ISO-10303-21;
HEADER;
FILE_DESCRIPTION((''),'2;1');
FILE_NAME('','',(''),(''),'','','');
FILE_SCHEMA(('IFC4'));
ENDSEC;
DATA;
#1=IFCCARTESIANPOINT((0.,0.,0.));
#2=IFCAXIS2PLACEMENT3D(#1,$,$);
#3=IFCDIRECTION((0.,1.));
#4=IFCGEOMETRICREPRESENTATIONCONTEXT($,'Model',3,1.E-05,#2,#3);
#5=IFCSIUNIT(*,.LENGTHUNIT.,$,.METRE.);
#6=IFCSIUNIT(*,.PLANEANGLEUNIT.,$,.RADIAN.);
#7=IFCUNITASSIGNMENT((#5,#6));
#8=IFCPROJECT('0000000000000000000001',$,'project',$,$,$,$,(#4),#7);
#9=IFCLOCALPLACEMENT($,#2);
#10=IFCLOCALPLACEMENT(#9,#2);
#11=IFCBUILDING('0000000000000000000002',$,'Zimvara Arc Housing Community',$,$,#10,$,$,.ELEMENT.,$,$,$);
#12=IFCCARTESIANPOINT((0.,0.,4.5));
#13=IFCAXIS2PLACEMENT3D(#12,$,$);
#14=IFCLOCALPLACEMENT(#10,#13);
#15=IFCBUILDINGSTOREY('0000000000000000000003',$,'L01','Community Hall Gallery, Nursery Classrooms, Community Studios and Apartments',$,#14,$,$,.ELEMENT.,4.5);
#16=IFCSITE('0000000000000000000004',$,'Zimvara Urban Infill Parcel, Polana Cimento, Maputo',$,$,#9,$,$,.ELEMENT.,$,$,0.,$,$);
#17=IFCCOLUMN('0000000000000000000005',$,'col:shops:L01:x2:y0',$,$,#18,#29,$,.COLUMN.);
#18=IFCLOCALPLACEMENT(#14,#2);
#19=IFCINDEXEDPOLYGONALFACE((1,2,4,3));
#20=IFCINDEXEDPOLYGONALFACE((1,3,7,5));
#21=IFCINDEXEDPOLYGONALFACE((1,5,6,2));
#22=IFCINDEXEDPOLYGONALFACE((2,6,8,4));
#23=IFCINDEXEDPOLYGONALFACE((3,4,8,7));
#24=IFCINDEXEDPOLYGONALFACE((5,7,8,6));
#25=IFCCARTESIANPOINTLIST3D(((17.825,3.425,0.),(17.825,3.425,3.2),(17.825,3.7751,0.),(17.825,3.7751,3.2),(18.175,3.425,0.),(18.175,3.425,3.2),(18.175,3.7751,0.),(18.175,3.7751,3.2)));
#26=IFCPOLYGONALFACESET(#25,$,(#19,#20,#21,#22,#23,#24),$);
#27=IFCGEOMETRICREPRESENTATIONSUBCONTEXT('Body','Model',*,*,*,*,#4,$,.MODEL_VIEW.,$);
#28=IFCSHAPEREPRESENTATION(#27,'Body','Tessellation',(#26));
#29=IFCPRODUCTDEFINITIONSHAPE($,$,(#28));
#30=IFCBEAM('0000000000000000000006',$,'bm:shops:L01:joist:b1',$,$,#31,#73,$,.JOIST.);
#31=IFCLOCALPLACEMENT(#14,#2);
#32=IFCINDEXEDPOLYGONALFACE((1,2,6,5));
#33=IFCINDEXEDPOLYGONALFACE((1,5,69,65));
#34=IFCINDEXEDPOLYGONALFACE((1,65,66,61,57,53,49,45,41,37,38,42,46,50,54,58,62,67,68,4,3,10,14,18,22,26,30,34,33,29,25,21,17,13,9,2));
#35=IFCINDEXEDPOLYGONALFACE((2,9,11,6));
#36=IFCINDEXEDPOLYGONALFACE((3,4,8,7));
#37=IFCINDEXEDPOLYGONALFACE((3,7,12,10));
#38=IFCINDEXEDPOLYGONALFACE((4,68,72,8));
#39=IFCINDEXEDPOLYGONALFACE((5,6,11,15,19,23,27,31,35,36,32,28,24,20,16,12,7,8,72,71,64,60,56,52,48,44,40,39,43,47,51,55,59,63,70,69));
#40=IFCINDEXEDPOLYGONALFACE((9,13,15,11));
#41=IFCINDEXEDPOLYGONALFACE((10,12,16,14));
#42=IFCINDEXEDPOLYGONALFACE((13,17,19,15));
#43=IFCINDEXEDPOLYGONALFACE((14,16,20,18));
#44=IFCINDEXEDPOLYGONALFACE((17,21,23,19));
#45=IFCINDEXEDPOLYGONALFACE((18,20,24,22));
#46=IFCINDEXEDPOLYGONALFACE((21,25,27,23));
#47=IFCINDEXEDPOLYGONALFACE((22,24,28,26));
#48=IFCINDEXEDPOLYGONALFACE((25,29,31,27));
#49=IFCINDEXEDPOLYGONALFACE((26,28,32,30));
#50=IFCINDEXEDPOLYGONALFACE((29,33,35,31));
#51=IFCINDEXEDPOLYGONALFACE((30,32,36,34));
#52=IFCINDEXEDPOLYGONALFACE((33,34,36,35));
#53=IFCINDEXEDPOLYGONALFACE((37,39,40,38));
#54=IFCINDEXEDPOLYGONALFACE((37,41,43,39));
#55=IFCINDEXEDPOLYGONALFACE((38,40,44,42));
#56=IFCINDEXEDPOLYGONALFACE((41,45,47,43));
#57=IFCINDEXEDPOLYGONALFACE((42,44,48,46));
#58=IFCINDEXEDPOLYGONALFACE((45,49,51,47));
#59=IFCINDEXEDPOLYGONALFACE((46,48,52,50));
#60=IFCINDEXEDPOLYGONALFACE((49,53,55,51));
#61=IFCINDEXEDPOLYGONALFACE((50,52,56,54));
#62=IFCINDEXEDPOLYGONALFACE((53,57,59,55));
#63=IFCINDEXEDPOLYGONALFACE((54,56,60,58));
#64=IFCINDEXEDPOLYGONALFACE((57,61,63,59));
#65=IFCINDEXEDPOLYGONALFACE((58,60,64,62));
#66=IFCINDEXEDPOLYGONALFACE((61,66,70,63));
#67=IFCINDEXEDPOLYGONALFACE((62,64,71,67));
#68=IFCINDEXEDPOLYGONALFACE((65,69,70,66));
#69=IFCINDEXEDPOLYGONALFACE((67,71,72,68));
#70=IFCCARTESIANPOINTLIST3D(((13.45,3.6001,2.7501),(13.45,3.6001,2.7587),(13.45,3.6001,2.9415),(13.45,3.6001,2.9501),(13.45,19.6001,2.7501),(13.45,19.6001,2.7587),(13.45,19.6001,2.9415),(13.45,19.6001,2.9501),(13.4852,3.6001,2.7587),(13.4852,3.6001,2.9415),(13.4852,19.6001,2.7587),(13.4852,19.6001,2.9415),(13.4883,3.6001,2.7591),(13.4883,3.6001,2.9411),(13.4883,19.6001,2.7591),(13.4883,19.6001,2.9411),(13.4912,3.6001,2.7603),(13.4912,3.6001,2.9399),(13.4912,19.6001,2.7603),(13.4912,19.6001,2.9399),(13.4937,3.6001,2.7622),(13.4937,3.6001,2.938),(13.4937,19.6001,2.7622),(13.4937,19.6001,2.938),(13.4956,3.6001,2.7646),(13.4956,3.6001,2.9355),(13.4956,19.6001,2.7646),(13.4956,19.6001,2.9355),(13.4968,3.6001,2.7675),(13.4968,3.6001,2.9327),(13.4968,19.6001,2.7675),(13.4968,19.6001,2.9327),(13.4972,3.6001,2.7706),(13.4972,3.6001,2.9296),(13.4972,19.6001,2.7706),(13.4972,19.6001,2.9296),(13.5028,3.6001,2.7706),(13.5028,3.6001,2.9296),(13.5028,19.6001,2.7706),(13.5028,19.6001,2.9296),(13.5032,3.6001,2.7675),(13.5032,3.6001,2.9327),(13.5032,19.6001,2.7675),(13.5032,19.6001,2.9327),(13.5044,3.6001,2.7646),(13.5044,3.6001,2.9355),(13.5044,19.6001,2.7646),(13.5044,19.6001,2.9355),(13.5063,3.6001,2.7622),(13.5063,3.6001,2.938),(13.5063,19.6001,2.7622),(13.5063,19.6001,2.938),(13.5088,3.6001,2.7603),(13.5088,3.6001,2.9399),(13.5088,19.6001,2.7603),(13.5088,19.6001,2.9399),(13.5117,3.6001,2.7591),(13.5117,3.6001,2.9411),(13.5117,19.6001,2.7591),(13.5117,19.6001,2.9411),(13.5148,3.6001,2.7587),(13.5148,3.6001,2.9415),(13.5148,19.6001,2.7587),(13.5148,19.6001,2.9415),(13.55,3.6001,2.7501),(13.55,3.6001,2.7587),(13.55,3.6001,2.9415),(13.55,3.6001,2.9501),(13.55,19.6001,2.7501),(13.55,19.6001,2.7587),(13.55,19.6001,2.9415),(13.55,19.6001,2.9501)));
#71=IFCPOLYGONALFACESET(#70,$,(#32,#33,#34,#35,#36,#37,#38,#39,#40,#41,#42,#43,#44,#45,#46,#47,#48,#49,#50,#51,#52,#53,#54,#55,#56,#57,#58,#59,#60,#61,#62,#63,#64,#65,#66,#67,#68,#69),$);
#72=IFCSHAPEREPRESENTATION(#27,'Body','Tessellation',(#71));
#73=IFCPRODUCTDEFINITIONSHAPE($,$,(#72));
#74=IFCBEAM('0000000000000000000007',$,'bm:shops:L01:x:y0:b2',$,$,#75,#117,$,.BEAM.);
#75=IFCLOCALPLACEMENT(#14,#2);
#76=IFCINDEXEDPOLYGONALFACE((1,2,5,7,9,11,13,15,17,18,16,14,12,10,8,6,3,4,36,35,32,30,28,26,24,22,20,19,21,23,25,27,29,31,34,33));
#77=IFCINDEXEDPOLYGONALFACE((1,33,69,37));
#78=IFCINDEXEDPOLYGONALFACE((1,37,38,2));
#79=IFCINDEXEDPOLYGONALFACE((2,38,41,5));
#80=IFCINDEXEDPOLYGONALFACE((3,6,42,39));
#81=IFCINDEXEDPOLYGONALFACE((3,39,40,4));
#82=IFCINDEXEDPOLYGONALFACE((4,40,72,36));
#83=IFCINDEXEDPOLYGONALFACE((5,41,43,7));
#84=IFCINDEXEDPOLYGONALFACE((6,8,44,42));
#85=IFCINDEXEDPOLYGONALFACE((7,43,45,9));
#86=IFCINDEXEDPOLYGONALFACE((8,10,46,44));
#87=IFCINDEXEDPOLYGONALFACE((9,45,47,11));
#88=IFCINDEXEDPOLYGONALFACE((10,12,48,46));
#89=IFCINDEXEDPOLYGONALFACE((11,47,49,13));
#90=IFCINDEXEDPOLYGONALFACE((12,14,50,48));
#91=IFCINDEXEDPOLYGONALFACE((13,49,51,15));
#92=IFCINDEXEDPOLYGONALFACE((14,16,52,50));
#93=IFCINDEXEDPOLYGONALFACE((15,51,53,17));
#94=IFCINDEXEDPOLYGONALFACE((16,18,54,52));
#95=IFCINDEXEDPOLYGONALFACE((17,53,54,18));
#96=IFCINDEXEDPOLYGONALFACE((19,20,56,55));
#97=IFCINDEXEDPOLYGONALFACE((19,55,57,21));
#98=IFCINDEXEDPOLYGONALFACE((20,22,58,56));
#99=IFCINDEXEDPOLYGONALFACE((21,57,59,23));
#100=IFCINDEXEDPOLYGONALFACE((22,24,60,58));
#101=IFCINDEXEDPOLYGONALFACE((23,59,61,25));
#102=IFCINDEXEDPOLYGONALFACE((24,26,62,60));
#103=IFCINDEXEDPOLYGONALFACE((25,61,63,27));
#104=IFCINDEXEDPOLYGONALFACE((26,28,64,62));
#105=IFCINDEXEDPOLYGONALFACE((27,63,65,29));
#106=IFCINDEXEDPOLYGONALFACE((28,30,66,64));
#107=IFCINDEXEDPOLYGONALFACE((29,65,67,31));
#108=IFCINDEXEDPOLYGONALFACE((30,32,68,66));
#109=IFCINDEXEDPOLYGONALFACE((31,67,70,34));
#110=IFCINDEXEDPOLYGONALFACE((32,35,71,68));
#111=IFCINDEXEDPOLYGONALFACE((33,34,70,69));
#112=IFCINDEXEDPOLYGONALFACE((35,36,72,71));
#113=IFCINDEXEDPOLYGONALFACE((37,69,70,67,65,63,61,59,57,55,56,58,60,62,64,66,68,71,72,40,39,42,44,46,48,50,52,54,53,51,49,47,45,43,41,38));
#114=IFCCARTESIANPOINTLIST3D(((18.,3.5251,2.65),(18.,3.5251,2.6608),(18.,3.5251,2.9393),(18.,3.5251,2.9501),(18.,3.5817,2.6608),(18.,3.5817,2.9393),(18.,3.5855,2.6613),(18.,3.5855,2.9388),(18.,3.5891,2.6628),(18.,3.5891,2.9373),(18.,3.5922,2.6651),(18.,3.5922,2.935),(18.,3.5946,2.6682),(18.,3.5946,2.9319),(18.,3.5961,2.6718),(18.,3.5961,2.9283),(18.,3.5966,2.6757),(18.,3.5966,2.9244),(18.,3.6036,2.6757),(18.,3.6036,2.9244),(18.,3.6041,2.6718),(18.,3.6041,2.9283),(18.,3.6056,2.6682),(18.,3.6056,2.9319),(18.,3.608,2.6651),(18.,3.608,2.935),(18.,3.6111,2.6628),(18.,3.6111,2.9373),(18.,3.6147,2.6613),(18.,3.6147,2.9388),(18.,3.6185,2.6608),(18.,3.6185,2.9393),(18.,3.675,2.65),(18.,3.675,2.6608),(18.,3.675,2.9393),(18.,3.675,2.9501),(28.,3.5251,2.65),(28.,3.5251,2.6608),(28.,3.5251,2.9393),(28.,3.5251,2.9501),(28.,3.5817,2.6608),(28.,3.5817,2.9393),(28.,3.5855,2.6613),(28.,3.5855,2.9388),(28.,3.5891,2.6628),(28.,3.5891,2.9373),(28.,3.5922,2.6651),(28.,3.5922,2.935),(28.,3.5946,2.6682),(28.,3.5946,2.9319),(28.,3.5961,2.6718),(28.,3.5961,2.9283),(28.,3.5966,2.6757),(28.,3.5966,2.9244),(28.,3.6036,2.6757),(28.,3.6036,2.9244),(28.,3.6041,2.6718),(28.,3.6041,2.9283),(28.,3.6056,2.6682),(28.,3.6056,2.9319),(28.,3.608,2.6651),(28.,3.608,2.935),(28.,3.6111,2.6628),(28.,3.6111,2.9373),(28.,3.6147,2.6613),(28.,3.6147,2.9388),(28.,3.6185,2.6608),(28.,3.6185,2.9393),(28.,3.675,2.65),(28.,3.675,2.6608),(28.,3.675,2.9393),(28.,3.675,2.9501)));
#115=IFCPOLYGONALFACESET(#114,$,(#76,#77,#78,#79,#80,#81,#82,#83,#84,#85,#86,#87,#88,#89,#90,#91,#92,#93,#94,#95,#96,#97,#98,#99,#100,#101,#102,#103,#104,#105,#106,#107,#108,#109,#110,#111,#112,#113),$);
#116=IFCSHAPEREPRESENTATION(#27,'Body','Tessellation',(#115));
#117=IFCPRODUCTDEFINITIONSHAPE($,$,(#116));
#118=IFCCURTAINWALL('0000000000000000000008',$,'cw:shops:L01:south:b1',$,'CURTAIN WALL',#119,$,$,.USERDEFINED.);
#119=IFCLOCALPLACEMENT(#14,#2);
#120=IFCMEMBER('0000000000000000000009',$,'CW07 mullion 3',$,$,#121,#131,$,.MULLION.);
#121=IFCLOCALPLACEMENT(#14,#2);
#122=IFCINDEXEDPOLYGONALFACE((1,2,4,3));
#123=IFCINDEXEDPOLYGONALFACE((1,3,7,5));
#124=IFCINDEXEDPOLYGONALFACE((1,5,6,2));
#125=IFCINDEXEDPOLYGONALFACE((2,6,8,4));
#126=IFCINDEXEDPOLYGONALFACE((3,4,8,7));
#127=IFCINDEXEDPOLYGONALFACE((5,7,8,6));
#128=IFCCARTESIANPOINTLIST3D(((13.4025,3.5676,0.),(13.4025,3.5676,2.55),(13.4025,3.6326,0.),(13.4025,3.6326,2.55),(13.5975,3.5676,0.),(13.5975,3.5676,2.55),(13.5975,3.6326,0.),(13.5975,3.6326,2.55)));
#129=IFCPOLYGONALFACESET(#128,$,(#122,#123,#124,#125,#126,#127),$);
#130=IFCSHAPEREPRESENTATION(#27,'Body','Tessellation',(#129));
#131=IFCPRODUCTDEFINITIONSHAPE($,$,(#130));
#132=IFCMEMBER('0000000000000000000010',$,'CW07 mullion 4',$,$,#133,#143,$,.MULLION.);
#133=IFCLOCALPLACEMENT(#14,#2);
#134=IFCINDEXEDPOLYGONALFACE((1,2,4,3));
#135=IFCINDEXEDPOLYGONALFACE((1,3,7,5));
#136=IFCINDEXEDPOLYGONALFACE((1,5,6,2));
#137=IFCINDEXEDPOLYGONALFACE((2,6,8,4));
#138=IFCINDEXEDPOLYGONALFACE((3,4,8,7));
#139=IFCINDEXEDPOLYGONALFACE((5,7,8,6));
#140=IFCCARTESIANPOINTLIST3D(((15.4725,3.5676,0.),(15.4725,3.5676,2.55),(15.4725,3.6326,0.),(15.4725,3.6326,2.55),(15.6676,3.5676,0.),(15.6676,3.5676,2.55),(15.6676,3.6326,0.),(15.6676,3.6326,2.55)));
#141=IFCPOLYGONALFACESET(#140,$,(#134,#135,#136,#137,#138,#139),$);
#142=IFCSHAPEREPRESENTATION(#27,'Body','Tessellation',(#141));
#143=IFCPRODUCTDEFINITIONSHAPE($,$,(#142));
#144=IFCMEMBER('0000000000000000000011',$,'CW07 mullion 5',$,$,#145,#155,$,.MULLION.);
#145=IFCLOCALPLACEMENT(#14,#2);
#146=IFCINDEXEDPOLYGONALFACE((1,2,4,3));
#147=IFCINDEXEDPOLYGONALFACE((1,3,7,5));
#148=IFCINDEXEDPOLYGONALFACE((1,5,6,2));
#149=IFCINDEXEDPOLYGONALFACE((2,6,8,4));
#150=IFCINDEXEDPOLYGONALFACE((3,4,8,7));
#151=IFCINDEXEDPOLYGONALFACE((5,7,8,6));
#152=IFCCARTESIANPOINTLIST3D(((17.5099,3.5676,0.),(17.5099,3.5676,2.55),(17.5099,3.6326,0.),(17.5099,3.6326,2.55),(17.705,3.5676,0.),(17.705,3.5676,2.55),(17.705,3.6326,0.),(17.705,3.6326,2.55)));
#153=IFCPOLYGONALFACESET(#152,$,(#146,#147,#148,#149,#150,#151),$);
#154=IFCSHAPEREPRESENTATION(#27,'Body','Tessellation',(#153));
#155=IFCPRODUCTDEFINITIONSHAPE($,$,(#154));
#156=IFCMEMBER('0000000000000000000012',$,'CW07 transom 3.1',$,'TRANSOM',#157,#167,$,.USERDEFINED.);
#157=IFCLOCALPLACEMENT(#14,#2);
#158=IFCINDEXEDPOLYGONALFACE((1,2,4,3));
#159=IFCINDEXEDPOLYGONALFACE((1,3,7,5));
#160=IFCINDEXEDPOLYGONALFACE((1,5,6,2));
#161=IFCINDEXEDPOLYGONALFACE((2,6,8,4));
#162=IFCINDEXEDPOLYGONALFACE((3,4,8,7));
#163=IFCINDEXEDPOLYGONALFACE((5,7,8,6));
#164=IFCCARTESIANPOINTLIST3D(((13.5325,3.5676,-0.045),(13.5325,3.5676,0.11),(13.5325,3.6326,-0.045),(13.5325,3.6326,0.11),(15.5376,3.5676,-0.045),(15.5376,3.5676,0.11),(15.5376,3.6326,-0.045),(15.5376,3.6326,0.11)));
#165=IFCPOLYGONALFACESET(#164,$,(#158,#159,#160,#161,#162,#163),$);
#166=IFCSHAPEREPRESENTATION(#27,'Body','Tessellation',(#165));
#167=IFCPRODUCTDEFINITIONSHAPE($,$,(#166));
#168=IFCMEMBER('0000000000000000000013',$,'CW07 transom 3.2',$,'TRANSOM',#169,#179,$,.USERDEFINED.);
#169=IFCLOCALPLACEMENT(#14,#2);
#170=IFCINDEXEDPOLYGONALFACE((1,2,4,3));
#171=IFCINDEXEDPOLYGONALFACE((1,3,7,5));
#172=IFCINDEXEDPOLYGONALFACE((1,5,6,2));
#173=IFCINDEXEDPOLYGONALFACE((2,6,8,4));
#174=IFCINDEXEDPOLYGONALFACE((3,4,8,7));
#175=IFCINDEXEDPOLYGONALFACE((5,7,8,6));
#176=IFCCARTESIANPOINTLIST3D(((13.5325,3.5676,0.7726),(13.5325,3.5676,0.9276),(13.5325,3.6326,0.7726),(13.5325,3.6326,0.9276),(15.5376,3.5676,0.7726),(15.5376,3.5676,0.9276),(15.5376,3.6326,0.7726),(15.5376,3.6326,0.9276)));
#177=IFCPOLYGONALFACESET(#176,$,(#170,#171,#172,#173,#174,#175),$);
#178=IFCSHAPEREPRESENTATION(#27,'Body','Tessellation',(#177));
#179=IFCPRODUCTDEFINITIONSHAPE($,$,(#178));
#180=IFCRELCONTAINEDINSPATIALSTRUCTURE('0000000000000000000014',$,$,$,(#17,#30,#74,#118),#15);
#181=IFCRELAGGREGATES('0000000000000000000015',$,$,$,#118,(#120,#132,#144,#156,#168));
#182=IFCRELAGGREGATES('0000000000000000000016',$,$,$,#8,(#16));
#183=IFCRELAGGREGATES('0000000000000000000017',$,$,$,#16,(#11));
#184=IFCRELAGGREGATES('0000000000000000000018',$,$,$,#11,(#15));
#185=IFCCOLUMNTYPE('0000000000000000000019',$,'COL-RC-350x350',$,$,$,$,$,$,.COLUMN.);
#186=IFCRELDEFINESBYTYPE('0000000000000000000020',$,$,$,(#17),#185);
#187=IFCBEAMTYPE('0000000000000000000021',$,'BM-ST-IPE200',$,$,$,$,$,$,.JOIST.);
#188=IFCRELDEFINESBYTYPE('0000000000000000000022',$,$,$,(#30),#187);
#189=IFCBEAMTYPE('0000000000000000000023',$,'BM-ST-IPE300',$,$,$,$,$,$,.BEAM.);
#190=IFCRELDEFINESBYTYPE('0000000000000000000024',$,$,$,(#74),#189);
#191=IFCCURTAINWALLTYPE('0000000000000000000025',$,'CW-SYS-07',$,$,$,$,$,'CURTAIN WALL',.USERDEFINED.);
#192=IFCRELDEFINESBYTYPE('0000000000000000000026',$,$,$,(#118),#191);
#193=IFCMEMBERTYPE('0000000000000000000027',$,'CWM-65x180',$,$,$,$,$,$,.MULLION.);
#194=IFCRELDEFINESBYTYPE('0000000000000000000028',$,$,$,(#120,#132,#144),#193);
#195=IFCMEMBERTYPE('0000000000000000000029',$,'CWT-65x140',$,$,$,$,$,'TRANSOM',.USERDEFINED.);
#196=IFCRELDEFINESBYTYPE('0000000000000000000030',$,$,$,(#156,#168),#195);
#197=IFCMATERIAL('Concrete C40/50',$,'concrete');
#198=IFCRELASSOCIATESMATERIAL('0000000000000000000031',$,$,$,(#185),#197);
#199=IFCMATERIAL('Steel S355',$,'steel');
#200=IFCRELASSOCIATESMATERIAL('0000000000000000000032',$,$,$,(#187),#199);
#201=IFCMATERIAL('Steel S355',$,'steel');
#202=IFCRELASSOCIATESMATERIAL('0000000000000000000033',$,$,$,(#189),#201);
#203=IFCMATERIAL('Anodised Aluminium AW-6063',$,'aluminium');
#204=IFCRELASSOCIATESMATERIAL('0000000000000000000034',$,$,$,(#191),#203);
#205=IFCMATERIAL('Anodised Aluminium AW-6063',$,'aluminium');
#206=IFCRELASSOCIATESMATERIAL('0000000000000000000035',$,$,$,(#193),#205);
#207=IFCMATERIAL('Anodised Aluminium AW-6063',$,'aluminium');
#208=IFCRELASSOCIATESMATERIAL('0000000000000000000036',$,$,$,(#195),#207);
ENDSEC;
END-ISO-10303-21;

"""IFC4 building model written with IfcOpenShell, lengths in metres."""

from ifc_helpers import new_model, si_unit, direction, frame, origin, origin_2d, place, context, subcontext, project, spatial, rectangle, i_section, extrude, material, material_profile, profile_set, type_object, element, aggregate, save


model = new_model("IFC4")

# Units and contexts
model_context = context("Model", 3, precision=1e-05, world=origin(), true_north=direction((0.0, 1.0)))
body_context = subcontext(model_context, "Body", "Model", "MODEL_VIEW")
ifc_project = project(units=[si_unit("LENGTHUNIT", "METRE"), si_unit("PLANEANGLEUNIT", "RADIAN")], contexts=[model_context])

# Site, building, storey
site_placement = place(None, origin())
site = spatial("IfcSite", under=ifc_project, at=site_placement, Name="Zimvara Urban Infill Parcel, Polana Cimento, Maputo", CompositionType="ELEMENT", RefElevation=0.0)
building_placement = place(site_placement, origin())
building = spatial("IfcBuilding", under=site, at=building_placement, Name="Zimvara Arc Housing Community", CompositionType="ELEMENT")
storey_placement = place(building_placement, frame((0.0, 0.0, 4.5)))
storey = spatial("IfcBuildingStorey", under=building, at=storey_placement, Name="L01", Description="Community Hall Gallery, Nursery Classrooms, Community Studios and Apartments", CompositionType="ELEMENT", Elevation=4.5)

# Column
ifc_material_1 = material(Name="Concrete C40/50", Category="concrete")
ifc_material_profile_1 = material_profile(ifc_material_1, rectangle(XDim=0.3501, YDim=0.3501, at=origin_2d()), Name="RC 350x350")
ifc_profile_set_1 = profile_set([ifc_material_profile_1], Name="Concrete C40/50")
column_type = type_object("IfcColumnType", Name="COL-RC-350x350", PredefinedType="COLUMN", material=ifc_profile_set_1)
column_placement = place(storey_placement, frame((18.0, 3.6001, 0.0), z_axis=(0.0, 0.0, 1.0), x_axis=(1.0, 0.0, 0.0)))
element("IfcColumn", 1, at=column_placement, inside=storey, type_object=column_type, Name="col:shops:L01:x2:y0", PredefinedType="COLUMN", context=body_context, shape_type="SweptSolid", body=[
    extrude(rectangle(XDim=0.3501, YDim=0.3501, at=origin_2d()), origin(), (0.0, 0.0, 1.0), 3.2),
])

# Beams
ifc_material_2 = material(Name="Steel S355", Category="steel")
ifc_material_profile_2 = material_profile(ifc_material_2, i_section(OverallWidth=0.1001, OverallDepth=0.2, WebThickness=0.0056, FlangeThickness=0.0085, FilletRadius=0.012, at=origin_2d()), Name="IPE 200")
ifc_profile_set_2 = profile_set([ifc_material_profile_2], Name="Steel S355")
beam_type_1 = type_object("IfcBeamType", Name="BM-ST-IPE200", PredefinedType="JOIST", material=ifc_profile_set_2)
beam_1_placement = place(storey_placement, frame((13.5, 3.6001, 2.8501), z_axis=(0.0, 1.0, 0.0), x_axis=(-1.0, 0.0, 0.0)))
element("IfcBeam", 2, at=beam_1_placement, inside=storey, type_object=beam_type_1, Name="bm:shops:L01:joist:b1", PredefinedType="JOIST", context=body_context, shape_type="SweptSolid", body=[
    extrude(i_section(OverallWidth=0.1001, OverallDepth=0.2, WebThickness=0.0056, FlangeThickness=0.0085, FilletRadius=0.012, at=origin_2d()), origin(), (0.0, 0.0, 1.0), 16.0),
])
ifc_material_3 = material(Name="Steel S355", Category="steel")
ifc_material_profile_3 = material_profile(ifc_material_3, i_section(OverallWidth=0.1499, OverallDepth=0.3, WebThickness=0.0071, FlangeThickness=0.0107, FilletRadius=0.0149, at=origin_2d()), Name="IPE 300")
ifc_profile_set_3 = profile_set([ifc_material_profile_3], Name="Steel S355")
beam_type_2 = type_object("IfcBeamType", Name="BM-ST-IPE300", PredefinedType="BEAM", material=ifc_profile_set_3)
beam_2_placement = place(storey_placement, frame((18.0, 3.6001, 2.8), z_axis=(1.0, 0.0, 0.0), x_axis=(0.0, 1.0, 0.0)))
element("IfcBeam", 3, at=beam_2_placement, inside=storey, type_object=beam_type_2, Name="bm:shops:L01:x:y0:b2", PredefinedType="BEAM", context=body_context, shape_type="SweptSolid", body=[
    extrude(i_section(OverallWidth=0.1499, OverallDepth=0.3, WebThickness=0.0071, FlangeThickness=0.0107, FilletRadius=0.0149, at=origin_2d()), origin(), (0.0, 0.0, 1.0), 10.0),
])

# Curtain wall, members
ifc_material_4 = material(Name="Anodised Aluminium AW-6063", Category="aluminium")
curtain_wall_type = type_object("IfcCurtainWallType", Name="CW-SYS-07", ElementType="CURTAIN WALL", PredefinedType="USERDEFINED", material=ifc_material_4)
curtain_wall_placement = place(storey_placement, origin())
curtain_wall = element("IfcCurtainWall", 4, at=curtain_wall_placement, inside=storey, type_object=curtain_wall_type, Name="cw:shops:L01:south:b1", ObjectType="CURTAIN WALL", PredefinedType="USERDEFINED")
ifc_material_5 = material(Name="Anodised Aluminium AW-6063", Category="aluminium")
ifc_material_profile_4 = material_profile(ifc_material_5, rectangle(XDim=0.0649, YDim=0.1951, at=origin_2d()), Name="ALU 65x195")
ifc_profile_set_4 = profile_set([ifc_material_profile_4], Name="Anodised Aluminium AW-6063")
member_type_1 = type_object("IfcMemberType", Name="CWM-65x180", PredefinedType="MULLION", material=ifc_profile_set_4)
member_1_placement = place(storey_placement, frame((13.5, 3.6001, 0.0), z_axis=(0.0, 0.0, 1.0), x_axis=(0.0, 1.0, 0.0)))
member_1 = element("IfcMember", 5, at=member_1_placement, type_object=member_type_1, Name="CW07 mullion 3", PredefinedType="MULLION", context=body_context, shape_type="SweptSolid", body=[
    extrude(rectangle(XDim=0.0649, YDim=0.1951, at=origin_2d()), origin(), (0.0, 0.0, 1.0), 2.55),
])
member_2_placement = place(storey_placement, frame((15.5701, 3.6001, 0.0), z_axis=(0.0, 0.0, 1.0), x_axis=(0.0, 1.0, 0.0)))
member_2 = element("IfcMember", 6, at=member_2_placement, type_object=member_type_1, Name="CW07 mullion 4", PredefinedType="MULLION", context=body_context, shape_type="SweptSolid", body=[
    extrude(rectangle(XDim=0.0649, YDim=0.1951, at=origin_2d()), origin(), (0.0, 0.0, 1.0), 2.55),
])
member_3_placement = place(storey_placement, frame((17.6074, 3.6001, 0.0), z_axis=(0.0, 0.0, 1.0), x_axis=(0.0, 1.0, 0.0)))
member_3 = element("IfcMember", 7, at=member_3_placement, type_object=member_type_1, Name="CW07 mullion 5", PredefinedType="MULLION", context=body_context, shape_type="SweptSolid", body=[
    extrude(rectangle(XDim=0.0649, YDim=0.1951, at=origin_2d()), origin(), (0.0, 0.0, 1.0), 2.55),
])
ifc_material_6 = material(Name="Anodised Aluminium AW-6063", Category="aluminium")
ifc_material_profile_5 = material_profile(ifc_material_6, rectangle(XDim=0.0649, YDim=0.155, at=origin_2d()), Name="ALU 65x155")
ifc_profile_set_5 = profile_set([ifc_material_profile_5], Name="Anodised Aluminium AW-6063")
member_type_2 = type_object("IfcMemberType", Name="CWT-65x140", ElementType="TRANSOM", PredefinedType="USERDEFINED", material=ifc_profile_set_5)
member_4_placement = place(storey_placement, frame((13.5325, 3.6001, 0.0325), z_axis=(1.0, 0.0, 0.0), x_axis=(0.0, 1.0, 0.0)))
member_4 = element("IfcMember", 8, at=member_4_placement, type_object=member_type_2, Name="CW07 transom 3.1", ObjectType="TRANSOM", PredefinedType="USERDEFINED", context=body_context, shape_type="SweptSolid", body=[
    extrude(rectangle(XDim=0.0649, YDim=0.155, at=origin_2d()), origin(), (0.0, 0.0, 1.0), 2.0051),
])
member_5_placement = place(storey_placement, frame((13.5325, 3.6001, 0.8501), z_axis=(1.0, 0.0, 0.0), x_axis=(0.0, 1.0, 0.0)))
member_5 = element("IfcMember", 9, at=member_5_placement, type_object=member_type_2, Name="CW07 transom 3.2", ObjectType="TRANSOM", PredefinedType="USERDEFINED", context=body_context, shape_type="SweptSolid", body=[
    extrude(rectangle(XDim=0.0649, YDim=0.155, at=origin_2d()), origin(), (0.0, 0.0, 1.0), 2.0051),
])
aggregate(curtain_wall, [member_1, member_2, member_3, member_4, member_5])

save(model, "model.ifc")
